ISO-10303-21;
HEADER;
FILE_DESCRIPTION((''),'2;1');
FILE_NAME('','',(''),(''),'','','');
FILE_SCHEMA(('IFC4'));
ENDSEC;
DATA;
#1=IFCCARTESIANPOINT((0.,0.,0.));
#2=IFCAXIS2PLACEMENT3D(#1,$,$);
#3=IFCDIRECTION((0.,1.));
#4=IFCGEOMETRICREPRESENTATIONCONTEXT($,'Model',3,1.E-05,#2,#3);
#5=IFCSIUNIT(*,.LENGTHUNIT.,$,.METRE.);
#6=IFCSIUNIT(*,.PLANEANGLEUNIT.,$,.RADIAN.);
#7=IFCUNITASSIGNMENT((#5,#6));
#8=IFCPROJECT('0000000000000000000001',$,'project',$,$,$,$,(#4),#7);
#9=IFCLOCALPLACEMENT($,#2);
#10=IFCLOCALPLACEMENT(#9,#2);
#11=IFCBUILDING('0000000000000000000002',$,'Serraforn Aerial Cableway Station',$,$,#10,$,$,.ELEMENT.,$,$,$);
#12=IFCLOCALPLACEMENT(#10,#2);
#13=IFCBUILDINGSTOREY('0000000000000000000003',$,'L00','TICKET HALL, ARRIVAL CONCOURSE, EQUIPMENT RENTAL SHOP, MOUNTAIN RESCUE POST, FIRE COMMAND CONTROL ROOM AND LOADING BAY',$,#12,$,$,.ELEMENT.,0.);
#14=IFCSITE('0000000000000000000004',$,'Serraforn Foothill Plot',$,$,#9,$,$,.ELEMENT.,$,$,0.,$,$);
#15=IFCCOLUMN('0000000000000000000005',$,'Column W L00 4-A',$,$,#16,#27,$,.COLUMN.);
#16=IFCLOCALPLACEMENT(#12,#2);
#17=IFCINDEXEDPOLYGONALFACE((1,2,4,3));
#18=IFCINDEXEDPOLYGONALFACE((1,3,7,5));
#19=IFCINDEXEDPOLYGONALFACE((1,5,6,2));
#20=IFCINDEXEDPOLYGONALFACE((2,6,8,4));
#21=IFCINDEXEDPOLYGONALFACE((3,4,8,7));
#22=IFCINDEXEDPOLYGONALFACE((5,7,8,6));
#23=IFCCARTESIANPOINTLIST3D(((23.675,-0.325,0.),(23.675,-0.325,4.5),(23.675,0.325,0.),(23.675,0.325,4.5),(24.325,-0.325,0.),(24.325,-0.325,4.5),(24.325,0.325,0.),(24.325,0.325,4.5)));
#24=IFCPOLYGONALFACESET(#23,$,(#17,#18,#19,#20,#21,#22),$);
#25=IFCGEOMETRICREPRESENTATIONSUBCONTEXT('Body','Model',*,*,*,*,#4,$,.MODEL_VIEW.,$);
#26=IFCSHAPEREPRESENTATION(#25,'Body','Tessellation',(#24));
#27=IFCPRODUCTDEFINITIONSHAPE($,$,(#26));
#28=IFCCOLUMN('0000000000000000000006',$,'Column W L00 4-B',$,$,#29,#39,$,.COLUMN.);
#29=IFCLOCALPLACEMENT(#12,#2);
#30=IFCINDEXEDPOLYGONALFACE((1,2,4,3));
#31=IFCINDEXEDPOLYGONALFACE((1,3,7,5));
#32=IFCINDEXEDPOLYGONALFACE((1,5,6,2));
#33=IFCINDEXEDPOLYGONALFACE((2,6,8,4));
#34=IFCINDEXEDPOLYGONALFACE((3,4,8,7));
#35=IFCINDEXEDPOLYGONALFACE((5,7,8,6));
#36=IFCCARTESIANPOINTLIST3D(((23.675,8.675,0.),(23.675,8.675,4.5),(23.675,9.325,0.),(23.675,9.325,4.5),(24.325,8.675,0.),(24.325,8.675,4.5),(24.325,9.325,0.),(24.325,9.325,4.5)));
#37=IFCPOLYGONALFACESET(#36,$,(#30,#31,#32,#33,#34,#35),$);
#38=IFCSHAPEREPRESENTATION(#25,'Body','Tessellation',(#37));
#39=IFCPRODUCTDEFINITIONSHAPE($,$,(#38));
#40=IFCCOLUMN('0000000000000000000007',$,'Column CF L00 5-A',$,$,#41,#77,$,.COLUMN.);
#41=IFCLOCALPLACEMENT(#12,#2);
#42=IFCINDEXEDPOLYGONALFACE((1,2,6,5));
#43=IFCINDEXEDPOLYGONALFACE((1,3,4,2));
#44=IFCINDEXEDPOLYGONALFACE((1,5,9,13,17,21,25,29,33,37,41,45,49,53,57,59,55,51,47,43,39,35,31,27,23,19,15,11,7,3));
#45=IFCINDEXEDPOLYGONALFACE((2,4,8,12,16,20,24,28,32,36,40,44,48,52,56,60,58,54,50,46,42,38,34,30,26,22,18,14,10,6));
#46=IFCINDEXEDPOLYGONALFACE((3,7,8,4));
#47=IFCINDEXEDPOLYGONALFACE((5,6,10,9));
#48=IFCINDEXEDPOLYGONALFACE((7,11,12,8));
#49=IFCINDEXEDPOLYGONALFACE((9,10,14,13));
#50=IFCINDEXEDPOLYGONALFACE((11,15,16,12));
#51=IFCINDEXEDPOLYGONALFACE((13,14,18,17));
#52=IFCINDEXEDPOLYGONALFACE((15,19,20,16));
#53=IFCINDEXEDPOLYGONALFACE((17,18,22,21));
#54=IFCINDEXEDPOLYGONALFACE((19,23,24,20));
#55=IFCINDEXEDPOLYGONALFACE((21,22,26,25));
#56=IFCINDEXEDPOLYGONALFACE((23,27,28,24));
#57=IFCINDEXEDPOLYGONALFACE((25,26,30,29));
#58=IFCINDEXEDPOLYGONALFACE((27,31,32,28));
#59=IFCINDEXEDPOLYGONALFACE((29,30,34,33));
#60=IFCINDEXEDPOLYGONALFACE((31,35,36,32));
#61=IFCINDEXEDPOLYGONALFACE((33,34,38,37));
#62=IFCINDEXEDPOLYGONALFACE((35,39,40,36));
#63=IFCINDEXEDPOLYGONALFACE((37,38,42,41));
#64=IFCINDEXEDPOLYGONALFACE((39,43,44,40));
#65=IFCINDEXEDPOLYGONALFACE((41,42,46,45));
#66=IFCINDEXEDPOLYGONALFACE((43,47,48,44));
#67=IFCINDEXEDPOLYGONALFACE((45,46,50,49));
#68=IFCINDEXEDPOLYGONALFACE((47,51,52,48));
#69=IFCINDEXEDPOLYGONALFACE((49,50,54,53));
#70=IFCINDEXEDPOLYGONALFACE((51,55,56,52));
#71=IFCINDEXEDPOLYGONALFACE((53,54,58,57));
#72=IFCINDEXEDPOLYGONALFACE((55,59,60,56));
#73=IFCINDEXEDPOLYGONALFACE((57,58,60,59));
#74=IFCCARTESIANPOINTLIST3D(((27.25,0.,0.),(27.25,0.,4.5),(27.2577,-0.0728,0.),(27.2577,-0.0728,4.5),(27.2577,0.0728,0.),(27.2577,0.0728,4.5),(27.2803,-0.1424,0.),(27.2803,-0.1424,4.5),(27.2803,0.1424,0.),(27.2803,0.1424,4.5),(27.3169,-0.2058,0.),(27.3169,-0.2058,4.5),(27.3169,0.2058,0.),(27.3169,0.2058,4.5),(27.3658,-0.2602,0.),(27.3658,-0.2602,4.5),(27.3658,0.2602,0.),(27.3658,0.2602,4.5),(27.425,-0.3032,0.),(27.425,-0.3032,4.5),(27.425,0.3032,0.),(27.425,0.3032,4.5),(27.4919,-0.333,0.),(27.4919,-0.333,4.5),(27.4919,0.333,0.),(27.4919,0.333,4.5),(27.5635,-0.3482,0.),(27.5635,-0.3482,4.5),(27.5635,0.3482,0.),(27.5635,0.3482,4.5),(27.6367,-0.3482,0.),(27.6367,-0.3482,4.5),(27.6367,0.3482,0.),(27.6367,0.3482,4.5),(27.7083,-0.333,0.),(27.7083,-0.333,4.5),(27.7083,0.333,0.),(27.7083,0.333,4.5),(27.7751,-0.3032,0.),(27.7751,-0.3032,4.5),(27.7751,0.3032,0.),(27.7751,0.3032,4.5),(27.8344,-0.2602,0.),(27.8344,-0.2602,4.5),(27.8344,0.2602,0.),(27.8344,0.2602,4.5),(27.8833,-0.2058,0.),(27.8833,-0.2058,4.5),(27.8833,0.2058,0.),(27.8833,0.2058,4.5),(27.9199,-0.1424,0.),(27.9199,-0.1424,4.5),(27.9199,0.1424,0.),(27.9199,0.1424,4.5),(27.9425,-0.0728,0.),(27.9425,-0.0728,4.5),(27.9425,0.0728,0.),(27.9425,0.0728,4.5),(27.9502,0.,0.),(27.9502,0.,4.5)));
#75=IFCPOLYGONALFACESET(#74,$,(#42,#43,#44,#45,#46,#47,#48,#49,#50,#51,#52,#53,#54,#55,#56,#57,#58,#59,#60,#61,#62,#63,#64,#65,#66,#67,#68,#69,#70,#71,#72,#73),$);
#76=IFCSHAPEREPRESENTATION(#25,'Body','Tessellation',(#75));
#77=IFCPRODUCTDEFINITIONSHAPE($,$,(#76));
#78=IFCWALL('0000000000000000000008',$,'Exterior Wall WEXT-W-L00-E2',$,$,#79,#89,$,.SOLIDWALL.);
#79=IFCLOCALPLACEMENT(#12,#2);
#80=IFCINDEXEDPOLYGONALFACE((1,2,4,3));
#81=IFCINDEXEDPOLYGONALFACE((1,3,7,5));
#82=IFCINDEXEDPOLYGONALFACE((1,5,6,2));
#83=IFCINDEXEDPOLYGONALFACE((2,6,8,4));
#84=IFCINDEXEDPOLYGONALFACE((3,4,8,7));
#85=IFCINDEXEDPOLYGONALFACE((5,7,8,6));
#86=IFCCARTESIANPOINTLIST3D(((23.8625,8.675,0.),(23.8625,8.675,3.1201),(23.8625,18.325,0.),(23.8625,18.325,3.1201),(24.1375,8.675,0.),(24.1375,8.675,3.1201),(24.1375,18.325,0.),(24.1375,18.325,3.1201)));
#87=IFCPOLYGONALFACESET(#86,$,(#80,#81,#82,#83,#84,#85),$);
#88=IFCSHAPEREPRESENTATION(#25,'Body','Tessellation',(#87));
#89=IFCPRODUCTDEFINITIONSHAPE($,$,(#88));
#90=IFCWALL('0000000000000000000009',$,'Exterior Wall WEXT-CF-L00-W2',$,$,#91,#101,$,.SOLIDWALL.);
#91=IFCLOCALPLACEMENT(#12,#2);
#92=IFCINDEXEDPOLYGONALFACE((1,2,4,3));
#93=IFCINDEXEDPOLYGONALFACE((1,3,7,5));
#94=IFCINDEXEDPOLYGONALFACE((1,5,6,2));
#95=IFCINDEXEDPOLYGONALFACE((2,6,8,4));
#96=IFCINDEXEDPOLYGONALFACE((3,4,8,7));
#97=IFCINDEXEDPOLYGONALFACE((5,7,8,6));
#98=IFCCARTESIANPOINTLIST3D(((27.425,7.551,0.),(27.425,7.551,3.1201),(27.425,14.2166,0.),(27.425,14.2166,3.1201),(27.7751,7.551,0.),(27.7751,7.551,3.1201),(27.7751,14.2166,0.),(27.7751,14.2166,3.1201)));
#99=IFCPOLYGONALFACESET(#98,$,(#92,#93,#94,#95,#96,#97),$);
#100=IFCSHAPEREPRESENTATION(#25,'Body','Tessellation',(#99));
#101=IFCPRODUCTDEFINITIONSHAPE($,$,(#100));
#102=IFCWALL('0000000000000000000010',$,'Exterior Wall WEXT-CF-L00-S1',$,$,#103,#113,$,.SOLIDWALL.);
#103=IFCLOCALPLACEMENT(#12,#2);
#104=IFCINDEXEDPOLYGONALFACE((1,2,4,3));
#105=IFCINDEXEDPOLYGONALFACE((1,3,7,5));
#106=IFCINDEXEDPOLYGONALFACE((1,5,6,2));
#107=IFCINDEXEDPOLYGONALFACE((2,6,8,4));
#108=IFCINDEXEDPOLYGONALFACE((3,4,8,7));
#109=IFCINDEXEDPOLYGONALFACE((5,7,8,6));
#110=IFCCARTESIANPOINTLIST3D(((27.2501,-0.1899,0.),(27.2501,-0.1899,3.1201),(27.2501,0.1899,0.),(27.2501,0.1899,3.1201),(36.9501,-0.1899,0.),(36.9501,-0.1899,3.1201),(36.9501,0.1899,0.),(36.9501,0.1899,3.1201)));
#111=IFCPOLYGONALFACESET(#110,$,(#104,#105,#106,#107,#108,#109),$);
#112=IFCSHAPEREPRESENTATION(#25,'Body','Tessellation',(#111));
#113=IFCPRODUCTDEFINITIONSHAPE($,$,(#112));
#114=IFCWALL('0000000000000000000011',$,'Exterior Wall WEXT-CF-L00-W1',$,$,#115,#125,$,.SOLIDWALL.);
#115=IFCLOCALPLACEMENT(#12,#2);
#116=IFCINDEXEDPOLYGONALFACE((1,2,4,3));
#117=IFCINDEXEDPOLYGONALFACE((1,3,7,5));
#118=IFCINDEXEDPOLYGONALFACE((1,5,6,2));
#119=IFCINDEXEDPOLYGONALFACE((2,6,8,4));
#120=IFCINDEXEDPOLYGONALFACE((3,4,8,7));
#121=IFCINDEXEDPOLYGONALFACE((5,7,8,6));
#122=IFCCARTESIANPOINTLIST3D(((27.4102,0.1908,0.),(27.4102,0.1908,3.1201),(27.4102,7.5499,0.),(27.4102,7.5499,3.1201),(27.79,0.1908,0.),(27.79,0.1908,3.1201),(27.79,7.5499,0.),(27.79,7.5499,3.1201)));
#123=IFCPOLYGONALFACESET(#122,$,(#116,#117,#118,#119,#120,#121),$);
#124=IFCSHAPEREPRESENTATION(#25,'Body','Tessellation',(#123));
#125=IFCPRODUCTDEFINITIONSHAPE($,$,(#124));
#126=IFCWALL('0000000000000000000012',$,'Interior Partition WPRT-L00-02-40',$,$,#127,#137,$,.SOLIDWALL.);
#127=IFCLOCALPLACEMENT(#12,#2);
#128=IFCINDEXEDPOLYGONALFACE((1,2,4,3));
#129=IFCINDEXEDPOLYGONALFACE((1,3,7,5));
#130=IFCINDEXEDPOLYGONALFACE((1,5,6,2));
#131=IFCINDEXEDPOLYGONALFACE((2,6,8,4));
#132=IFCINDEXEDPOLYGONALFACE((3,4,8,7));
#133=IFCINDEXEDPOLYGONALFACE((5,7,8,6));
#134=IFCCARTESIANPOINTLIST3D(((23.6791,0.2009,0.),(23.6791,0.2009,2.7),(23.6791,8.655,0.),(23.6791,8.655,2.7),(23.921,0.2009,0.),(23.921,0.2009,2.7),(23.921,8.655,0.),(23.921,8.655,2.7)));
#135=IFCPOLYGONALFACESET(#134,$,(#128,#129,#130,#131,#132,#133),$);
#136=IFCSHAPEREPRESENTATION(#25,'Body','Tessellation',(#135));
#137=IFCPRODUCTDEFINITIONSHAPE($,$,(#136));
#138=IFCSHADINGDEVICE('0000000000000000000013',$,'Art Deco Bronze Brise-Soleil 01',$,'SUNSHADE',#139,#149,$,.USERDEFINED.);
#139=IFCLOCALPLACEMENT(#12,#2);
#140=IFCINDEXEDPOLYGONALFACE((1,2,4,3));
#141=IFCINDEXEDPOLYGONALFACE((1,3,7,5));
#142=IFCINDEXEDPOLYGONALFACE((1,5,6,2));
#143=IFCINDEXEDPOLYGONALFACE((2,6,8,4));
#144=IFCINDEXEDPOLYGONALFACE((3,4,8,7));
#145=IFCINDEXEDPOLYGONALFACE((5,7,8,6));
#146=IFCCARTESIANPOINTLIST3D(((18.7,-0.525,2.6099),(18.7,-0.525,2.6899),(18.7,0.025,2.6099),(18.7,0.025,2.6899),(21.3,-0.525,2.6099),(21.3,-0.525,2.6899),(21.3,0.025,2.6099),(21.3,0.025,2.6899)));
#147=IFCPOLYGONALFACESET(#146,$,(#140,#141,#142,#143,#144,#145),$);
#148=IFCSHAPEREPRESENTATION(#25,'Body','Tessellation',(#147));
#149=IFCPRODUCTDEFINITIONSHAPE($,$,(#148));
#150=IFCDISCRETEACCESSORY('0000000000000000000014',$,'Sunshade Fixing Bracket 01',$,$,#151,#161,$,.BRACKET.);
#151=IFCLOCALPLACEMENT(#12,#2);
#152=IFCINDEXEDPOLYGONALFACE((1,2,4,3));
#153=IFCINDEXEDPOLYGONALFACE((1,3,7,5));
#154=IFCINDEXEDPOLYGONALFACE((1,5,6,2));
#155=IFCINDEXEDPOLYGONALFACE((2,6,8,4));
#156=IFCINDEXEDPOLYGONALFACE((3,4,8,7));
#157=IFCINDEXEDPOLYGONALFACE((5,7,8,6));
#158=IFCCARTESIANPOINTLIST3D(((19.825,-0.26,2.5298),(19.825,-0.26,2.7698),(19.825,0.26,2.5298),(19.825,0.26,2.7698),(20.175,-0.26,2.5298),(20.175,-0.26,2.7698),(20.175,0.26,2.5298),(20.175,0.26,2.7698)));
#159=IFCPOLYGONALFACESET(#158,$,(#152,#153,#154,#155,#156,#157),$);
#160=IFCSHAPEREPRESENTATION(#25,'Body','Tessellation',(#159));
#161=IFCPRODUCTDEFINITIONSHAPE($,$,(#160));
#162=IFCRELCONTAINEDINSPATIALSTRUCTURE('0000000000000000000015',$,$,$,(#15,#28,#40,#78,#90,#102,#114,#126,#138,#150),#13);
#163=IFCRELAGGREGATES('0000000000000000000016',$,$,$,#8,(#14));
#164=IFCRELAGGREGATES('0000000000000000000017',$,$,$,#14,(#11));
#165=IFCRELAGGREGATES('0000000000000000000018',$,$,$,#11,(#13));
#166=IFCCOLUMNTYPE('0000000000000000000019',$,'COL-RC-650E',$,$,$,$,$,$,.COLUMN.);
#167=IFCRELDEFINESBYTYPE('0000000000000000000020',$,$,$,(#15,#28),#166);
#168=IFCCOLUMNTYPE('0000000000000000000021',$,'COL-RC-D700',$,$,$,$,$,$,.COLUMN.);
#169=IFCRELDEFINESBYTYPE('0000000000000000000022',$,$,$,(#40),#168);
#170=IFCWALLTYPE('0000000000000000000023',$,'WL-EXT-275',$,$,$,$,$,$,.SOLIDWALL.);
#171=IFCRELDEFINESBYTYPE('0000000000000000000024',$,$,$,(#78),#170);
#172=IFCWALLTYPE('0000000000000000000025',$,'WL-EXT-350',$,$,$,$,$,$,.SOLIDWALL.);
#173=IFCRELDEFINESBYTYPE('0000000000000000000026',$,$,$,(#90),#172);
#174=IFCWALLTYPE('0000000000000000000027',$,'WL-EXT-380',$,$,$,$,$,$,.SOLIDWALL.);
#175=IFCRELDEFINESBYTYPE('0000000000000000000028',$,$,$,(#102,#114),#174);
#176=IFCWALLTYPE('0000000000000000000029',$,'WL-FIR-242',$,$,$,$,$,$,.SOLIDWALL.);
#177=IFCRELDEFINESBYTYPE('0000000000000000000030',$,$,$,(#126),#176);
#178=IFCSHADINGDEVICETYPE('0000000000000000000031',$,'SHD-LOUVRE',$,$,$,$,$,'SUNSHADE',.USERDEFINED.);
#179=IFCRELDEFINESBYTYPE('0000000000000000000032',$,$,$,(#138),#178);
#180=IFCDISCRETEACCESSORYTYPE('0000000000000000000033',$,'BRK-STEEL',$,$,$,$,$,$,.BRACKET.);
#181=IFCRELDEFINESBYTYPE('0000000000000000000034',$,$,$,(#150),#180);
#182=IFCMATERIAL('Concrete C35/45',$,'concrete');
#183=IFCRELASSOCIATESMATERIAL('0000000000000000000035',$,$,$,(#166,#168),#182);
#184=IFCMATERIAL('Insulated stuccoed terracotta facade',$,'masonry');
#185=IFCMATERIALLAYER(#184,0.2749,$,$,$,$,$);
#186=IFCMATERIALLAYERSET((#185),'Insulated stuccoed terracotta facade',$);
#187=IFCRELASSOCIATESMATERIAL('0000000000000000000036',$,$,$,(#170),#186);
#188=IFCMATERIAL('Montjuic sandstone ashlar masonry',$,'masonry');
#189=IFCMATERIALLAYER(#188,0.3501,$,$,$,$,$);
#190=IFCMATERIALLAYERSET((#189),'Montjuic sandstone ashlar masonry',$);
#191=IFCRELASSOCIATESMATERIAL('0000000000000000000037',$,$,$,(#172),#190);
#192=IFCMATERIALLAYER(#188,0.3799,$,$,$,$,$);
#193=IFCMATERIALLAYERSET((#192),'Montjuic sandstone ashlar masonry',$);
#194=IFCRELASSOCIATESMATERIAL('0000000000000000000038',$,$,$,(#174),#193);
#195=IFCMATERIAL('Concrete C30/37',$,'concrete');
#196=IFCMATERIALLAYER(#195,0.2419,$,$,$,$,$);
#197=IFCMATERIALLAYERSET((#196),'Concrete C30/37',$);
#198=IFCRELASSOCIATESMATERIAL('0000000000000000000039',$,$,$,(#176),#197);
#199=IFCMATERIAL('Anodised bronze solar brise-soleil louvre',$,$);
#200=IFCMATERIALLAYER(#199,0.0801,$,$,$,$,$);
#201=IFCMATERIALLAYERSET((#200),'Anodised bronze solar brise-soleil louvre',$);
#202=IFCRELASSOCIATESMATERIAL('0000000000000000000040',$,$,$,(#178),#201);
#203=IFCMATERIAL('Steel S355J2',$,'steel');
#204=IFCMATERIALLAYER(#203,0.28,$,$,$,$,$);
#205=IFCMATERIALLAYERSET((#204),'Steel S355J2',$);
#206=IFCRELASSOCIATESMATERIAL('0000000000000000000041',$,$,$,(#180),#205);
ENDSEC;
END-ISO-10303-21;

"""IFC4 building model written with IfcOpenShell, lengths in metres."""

from ifc_helpers import new_model, si_unit, direction, frame, frame_2d, origin, origin_2d, place, context, subcontext, project, spatial, rectangle, circle, extrude, material, layer, layer_set, material_profile, profile_set, type_object, element, save


model = new_model("IFC4")

# Units and contexts
model_context = context("Model", 3, precision=1e-05, world=origin(), true_north=direction((0.0, 1.0)))
body_context = subcontext(model_context, "Body", "Model", "MODEL_VIEW")
ifc_project = project(units=[si_unit("LENGTHUNIT", "METRE"), si_unit("PLANEANGLEUNIT", "RADIAN")], contexts=[model_context])

# Site, building, storey
site_placement = place(None, origin())
site = spatial("IfcSite", under=ifc_project, at=site_placement, Name="Serraforn Foothill Plot", CompositionType="ELEMENT", RefElevation=0.0)
building_placement = place(site_placement, origin())
building = spatial("IfcBuilding", under=site, at=building_placement, Name="Serraforn Aerial Cableway Station", CompositionType="ELEMENT")
storey_placement = place(building_placement, origin())
storey = spatial("IfcBuildingStorey", under=building, at=storey_placement, Name="L00", Description="TICKET HALL, ARRIVAL CONCOURSE, EQUIPMENT RENTAL SHOP, MOUNTAIN RESCUE POST, FIRE COMMAND CONTROL ROOM AND LOADING BAY", CompositionType="ELEMENT", Elevation=0.0)

# Shared definitions
ifc_material_1 = material(Name="Concrete C35/45", Category="concrete")

# Columns
ifc_material_profile_1 = material_profile(ifc_material_1, rectangle(XDim=0.6499, YDim=0.6499, at=origin_2d()), Name="RC 650x650")
ifc_profile_set_1 = profile_set([ifc_material_profile_1], Name="Concrete C35/45")
column_type_1 = type_object("IfcColumnType", Name="COL-RC-650E", PredefinedType="COLUMN", material=ifc_profile_set_1)
for number, where, z_axis, x_axis, name in (
    (1, (24.0, 0.0, 0.0), (0.0, 0.0, 1.0), (1.0, 0.0, 0.0), "Column W L00 4-A"),
    (2, (24.0, 9.0, 0.0), (0.0, 0.0, 1.0), (1.0, 0.0, 0.0), "Column W L00 4-B"),
):
    element("IfcColumn", number, at=place(storey_placement, frame(where, z_axis=z_axis, x_axis=x_axis)), inside=storey, type_object=column_type_1, Name=name, PredefinedType="COLUMN", context=body_context, shape_type="SweptSolid", body=[
        extrude(rectangle(XDim=0.6499, YDim=0.6499, at=origin_2d()), origin(), (0.0, 0.0, 1.0), 4.5),
    ])
ifc_material_profile_2 = material_profile(ifc_material_1, circle(Radius=0.3501, at=origin_2d()), Name="RC D700")
ifc_profile_set_2 = profile_set([ifc_material_profile_2], Name="Concrete C35/45")
column_type_2 = type_object("IfcColumnType", Name="COL-RC-D700", PredefinedType="COLUMN", material=ifc_profile_set_2)
column_placement = place(storey_placement, frame((27.6001, 0.0, 0.0), z_axis=(0.0, 0.0, 1.0), x_axis=(1.0, 0.0, 0.0)))
element("IfcColumn", 3, at=column_placement, inside=storey, type_object=column_type_2, Name="Column CF L00 5-A", PredefinedType="COLUMN", context=body_context, shape_type="SweptSolid", body=[
    extrude(circle(Radius=0.3501, at=origin_2d()), origin(), (0.0, 0.0, 1.0), 4.5),
])

# Walls
ifc_material_2 = material(Name="Insulated stuccoed terracotta facade", Category="masonry")
ifc_layer_1 = layer(ifc_material_2, 0.2749)
ifc_layer_set_1 = layer_set([ifc_layer_1], Name="Insulated stuccoed terracotta facade")
wall_type_1 = type_object("IfcWallType", Name="WL-EXT-275", PredefinedType="SOLIDWALL", material=ifc_layer_set_1)
wall_1_placement = place(storey_placement, frame((24.0, 8.675, 0.0), z_axis=(0.0, 0.0, 1.0), x_axis=(0.0, 1.0, 0.0)))
element("IfcWall", 4, at=wall_1_placement, inside=storey, type_object=wall_type_1, Name="Exterior Wall WEXT-W-L00-E2", PredefinedType="SOLIDWALL", context=body_context, shape_type="SweptSolid", body=[
    extrude(rectangle(XDim=9.6499, YDim=0.2749, at=frame_2d((4.825, 0.0))), origin(), (0.0, 0.0, 1.0), 3.1201),
])
ifc_material_3 = material(Name="Montjuic sandstone ashlar masonry", Category="masonry")
ifc_layer_2 = layer(ifc_material_3, 0.3501)
ifc_layer_set_2 = layer_set([ifc_layer_2], Name="Montjuic sandstone ashlar masonry")
wall_type_2 = type_object("IfcWallType", Name="WL-EXT-350", PredefinedType="SOLIDWALL", material=ifc_layer_set_2)
wall_2_placement = place(storey_placement, frame((27.6001, 14.2166, 0.0), z_axis=(0.0, 0.0, 1.0), x_axis=(0.0, -1.0, 0.0)))
element("IfcWall", 5, at=wall_2_placement, inside=storey, type_object=wall_type_2, Name="Exterior Wall WEXT-CF-L00-W2", PredefinedType="SOLIDWALL", context=body_context, shape_type="SweptSolid", body=[
    extrude(rectangle(XDim=6.6655, YDim=0.3501, at=frame_2d((3.3328, 0.0))), origin(), (0.0, 0.0, 1.0), 3.1201),
])
ifc_layer_3 = layer(ifc_material_3, 0.3799)
ifc_layer_set_3 = layer_set([ifc_layer_3], Name="Montjuic sandstone ashlar masonry")
wall_type_3 = type_object("IfcWallType", Name="WL-EXT-380", PredefinedType="SOLIDWALL", material=ifc_layer_set_3)
wall_3_placement = place(storey_placement, frame((27.25, 0.0, 0.0), z_axis=(0.0, 0.0, 1.0), x_axis=(1.0, 0.0, 0.0)))
element("IfcWall", 6, at=wall_3_placement, inside=storey, type_object=wall_type_3, Name="Exterior Wall WEXT-CF-L00-S1", PredefinedType="SOLIDWALL", context=body_context, shape_type="SweptSolid", body=[
    extrude(rectangle(XDim=9.7, YDim=0.3799, at=frame_2d((4.8501, 0.0))), origin(), (0.0, 0.0, 1.0), 3.1201),
])
wall_4_placement = place(storey_placement, frame((27.6001, 7.55, 0.0), z_axis=(0.0, 0.0, 1.0), x_axis=(0.0, -1.0, 0.0)))
element("IfcWall", 7, at=wall_4_placement, inside=storey, type_object=wall_type_3, Name="Exterior Wall WEXT-CF-L00-W1", PredefinedType="SOLIDWALL", context=body_context, shape_type="SweptSolid", body=[
    extrude(rectangle(XDim=7.3591, YDim=0.3799, at=frame_2d((3.6797, 0.0))), origin(), (0.0, 0.0, 1.0), 3.1201),
])

# Wall
ifc_material_4 = material(Name="Concrete C30/37", Category="concrete")
ifc_layer_4 = layer(ifc_material_4, 0.2419)
ifc_layer_set_4 = layer_set([ifc_layer_4], Name="Concrete C30/37")
wall_type_4 = type_object("IfcWallType", Name="WL-FIR-242", PredefinedType="SOLIDWALL", material=ifc_layer_set_4)
wall_5_placement = place(storey_placement, frame((23.8, 8.655, 0.0), z_axis=(0.0, 0.0, 1.0), x_axis=(0.0, -1.0, 0.0)))
element("IfcWall", 8, at=wall_5_placement, inside=storey, type_object=wall_type_4, Name="Interior Partition WPRT-L00-02-40", PredefinedType="SOLIDWALL", context=body_context, shape_type="SweptSolid", body=[
    extrude(rectangle(XDim=8.4541, YDim=0.2419, at=frame_2d((4.2271, 0.0))), origin(), (0.0, 0.0, 1.0), 2.7),
])

# Shading device
ifc_material_5 = material(Name="Anodised bronze solar brise-soleil louvre")
ifc_layer_5 = layer(ifc_material_5, 0.0801)
ifc_layer_set_5 = layer_set([ifc_layer_5], Name="Anodised bronze solar brise-soleil louvre")
shading_device_type = type_object("IfcShadingDeviceType", Name="SHD-LOUVRE", ElementType="SUNSHADE", PredefinedType="USERDEFINED", material=ifc_layer_set_5)
shading_device_placement = place(storey_placement, frame((20.0, -0.25, 2.6099), z_axis=(0.0, 0.0, 1.0), x_axis=(1.0, 0.0, 0.0)))
element("IfcShadingDevice", 9, at=shading_device_placement, inside=storey, type_object=shading_device_type, Name="Art Deco Bronze Brise-Soleil 01", ObjectType="SUNSHADE", PredefinedType="USERDEFINED", context=body_context, shape_type="SweptSolid", body=[
    extrude(rectangle(XDim=2.6001, YDim=0.55, at=origin_2d()), origin(), (0.0, 0.0, 1.0), 0.0801),
])

# Discrete accessory
ifc_material_6 = material(Name="Steel S355J2", Category="steel")
ifc_layer_6 = layer(ifc_material_6, 0.28)
ifc_layer_set_6 = layer_set([ifc_layer_6], Name="Steel S355J2")
discrete_accessory_type = type_object("IfcDiscreteAccessoryType", Name="BRK-STEEL", PredefinedType="BRACKET", material=ifc_layer_set_6)
discrete_accessory_placement = place(storey_placement, frame((20.0, 0.0, 2.5298), z_axis=(0.0, 0.0, 1.0), x_axis=(1.0, 0.0, 0.0)))
element("IfcDiscreteAccessory", 10, at=discrete_accessory_placement, inside=storey, type_object=discrete_accessory_type, Name="Sunshade Fixing Bracket 01", PredefinedType="BRACKET", context=body_context, shape_type="SweptSolid", body=[
    extrude(rectangle(XDim=0.3501, YDim=0.52, at=origin_2d()), origin(), (0.0, 0.0, 1.0), 0.24),
])

save(model, "model.ifc")
